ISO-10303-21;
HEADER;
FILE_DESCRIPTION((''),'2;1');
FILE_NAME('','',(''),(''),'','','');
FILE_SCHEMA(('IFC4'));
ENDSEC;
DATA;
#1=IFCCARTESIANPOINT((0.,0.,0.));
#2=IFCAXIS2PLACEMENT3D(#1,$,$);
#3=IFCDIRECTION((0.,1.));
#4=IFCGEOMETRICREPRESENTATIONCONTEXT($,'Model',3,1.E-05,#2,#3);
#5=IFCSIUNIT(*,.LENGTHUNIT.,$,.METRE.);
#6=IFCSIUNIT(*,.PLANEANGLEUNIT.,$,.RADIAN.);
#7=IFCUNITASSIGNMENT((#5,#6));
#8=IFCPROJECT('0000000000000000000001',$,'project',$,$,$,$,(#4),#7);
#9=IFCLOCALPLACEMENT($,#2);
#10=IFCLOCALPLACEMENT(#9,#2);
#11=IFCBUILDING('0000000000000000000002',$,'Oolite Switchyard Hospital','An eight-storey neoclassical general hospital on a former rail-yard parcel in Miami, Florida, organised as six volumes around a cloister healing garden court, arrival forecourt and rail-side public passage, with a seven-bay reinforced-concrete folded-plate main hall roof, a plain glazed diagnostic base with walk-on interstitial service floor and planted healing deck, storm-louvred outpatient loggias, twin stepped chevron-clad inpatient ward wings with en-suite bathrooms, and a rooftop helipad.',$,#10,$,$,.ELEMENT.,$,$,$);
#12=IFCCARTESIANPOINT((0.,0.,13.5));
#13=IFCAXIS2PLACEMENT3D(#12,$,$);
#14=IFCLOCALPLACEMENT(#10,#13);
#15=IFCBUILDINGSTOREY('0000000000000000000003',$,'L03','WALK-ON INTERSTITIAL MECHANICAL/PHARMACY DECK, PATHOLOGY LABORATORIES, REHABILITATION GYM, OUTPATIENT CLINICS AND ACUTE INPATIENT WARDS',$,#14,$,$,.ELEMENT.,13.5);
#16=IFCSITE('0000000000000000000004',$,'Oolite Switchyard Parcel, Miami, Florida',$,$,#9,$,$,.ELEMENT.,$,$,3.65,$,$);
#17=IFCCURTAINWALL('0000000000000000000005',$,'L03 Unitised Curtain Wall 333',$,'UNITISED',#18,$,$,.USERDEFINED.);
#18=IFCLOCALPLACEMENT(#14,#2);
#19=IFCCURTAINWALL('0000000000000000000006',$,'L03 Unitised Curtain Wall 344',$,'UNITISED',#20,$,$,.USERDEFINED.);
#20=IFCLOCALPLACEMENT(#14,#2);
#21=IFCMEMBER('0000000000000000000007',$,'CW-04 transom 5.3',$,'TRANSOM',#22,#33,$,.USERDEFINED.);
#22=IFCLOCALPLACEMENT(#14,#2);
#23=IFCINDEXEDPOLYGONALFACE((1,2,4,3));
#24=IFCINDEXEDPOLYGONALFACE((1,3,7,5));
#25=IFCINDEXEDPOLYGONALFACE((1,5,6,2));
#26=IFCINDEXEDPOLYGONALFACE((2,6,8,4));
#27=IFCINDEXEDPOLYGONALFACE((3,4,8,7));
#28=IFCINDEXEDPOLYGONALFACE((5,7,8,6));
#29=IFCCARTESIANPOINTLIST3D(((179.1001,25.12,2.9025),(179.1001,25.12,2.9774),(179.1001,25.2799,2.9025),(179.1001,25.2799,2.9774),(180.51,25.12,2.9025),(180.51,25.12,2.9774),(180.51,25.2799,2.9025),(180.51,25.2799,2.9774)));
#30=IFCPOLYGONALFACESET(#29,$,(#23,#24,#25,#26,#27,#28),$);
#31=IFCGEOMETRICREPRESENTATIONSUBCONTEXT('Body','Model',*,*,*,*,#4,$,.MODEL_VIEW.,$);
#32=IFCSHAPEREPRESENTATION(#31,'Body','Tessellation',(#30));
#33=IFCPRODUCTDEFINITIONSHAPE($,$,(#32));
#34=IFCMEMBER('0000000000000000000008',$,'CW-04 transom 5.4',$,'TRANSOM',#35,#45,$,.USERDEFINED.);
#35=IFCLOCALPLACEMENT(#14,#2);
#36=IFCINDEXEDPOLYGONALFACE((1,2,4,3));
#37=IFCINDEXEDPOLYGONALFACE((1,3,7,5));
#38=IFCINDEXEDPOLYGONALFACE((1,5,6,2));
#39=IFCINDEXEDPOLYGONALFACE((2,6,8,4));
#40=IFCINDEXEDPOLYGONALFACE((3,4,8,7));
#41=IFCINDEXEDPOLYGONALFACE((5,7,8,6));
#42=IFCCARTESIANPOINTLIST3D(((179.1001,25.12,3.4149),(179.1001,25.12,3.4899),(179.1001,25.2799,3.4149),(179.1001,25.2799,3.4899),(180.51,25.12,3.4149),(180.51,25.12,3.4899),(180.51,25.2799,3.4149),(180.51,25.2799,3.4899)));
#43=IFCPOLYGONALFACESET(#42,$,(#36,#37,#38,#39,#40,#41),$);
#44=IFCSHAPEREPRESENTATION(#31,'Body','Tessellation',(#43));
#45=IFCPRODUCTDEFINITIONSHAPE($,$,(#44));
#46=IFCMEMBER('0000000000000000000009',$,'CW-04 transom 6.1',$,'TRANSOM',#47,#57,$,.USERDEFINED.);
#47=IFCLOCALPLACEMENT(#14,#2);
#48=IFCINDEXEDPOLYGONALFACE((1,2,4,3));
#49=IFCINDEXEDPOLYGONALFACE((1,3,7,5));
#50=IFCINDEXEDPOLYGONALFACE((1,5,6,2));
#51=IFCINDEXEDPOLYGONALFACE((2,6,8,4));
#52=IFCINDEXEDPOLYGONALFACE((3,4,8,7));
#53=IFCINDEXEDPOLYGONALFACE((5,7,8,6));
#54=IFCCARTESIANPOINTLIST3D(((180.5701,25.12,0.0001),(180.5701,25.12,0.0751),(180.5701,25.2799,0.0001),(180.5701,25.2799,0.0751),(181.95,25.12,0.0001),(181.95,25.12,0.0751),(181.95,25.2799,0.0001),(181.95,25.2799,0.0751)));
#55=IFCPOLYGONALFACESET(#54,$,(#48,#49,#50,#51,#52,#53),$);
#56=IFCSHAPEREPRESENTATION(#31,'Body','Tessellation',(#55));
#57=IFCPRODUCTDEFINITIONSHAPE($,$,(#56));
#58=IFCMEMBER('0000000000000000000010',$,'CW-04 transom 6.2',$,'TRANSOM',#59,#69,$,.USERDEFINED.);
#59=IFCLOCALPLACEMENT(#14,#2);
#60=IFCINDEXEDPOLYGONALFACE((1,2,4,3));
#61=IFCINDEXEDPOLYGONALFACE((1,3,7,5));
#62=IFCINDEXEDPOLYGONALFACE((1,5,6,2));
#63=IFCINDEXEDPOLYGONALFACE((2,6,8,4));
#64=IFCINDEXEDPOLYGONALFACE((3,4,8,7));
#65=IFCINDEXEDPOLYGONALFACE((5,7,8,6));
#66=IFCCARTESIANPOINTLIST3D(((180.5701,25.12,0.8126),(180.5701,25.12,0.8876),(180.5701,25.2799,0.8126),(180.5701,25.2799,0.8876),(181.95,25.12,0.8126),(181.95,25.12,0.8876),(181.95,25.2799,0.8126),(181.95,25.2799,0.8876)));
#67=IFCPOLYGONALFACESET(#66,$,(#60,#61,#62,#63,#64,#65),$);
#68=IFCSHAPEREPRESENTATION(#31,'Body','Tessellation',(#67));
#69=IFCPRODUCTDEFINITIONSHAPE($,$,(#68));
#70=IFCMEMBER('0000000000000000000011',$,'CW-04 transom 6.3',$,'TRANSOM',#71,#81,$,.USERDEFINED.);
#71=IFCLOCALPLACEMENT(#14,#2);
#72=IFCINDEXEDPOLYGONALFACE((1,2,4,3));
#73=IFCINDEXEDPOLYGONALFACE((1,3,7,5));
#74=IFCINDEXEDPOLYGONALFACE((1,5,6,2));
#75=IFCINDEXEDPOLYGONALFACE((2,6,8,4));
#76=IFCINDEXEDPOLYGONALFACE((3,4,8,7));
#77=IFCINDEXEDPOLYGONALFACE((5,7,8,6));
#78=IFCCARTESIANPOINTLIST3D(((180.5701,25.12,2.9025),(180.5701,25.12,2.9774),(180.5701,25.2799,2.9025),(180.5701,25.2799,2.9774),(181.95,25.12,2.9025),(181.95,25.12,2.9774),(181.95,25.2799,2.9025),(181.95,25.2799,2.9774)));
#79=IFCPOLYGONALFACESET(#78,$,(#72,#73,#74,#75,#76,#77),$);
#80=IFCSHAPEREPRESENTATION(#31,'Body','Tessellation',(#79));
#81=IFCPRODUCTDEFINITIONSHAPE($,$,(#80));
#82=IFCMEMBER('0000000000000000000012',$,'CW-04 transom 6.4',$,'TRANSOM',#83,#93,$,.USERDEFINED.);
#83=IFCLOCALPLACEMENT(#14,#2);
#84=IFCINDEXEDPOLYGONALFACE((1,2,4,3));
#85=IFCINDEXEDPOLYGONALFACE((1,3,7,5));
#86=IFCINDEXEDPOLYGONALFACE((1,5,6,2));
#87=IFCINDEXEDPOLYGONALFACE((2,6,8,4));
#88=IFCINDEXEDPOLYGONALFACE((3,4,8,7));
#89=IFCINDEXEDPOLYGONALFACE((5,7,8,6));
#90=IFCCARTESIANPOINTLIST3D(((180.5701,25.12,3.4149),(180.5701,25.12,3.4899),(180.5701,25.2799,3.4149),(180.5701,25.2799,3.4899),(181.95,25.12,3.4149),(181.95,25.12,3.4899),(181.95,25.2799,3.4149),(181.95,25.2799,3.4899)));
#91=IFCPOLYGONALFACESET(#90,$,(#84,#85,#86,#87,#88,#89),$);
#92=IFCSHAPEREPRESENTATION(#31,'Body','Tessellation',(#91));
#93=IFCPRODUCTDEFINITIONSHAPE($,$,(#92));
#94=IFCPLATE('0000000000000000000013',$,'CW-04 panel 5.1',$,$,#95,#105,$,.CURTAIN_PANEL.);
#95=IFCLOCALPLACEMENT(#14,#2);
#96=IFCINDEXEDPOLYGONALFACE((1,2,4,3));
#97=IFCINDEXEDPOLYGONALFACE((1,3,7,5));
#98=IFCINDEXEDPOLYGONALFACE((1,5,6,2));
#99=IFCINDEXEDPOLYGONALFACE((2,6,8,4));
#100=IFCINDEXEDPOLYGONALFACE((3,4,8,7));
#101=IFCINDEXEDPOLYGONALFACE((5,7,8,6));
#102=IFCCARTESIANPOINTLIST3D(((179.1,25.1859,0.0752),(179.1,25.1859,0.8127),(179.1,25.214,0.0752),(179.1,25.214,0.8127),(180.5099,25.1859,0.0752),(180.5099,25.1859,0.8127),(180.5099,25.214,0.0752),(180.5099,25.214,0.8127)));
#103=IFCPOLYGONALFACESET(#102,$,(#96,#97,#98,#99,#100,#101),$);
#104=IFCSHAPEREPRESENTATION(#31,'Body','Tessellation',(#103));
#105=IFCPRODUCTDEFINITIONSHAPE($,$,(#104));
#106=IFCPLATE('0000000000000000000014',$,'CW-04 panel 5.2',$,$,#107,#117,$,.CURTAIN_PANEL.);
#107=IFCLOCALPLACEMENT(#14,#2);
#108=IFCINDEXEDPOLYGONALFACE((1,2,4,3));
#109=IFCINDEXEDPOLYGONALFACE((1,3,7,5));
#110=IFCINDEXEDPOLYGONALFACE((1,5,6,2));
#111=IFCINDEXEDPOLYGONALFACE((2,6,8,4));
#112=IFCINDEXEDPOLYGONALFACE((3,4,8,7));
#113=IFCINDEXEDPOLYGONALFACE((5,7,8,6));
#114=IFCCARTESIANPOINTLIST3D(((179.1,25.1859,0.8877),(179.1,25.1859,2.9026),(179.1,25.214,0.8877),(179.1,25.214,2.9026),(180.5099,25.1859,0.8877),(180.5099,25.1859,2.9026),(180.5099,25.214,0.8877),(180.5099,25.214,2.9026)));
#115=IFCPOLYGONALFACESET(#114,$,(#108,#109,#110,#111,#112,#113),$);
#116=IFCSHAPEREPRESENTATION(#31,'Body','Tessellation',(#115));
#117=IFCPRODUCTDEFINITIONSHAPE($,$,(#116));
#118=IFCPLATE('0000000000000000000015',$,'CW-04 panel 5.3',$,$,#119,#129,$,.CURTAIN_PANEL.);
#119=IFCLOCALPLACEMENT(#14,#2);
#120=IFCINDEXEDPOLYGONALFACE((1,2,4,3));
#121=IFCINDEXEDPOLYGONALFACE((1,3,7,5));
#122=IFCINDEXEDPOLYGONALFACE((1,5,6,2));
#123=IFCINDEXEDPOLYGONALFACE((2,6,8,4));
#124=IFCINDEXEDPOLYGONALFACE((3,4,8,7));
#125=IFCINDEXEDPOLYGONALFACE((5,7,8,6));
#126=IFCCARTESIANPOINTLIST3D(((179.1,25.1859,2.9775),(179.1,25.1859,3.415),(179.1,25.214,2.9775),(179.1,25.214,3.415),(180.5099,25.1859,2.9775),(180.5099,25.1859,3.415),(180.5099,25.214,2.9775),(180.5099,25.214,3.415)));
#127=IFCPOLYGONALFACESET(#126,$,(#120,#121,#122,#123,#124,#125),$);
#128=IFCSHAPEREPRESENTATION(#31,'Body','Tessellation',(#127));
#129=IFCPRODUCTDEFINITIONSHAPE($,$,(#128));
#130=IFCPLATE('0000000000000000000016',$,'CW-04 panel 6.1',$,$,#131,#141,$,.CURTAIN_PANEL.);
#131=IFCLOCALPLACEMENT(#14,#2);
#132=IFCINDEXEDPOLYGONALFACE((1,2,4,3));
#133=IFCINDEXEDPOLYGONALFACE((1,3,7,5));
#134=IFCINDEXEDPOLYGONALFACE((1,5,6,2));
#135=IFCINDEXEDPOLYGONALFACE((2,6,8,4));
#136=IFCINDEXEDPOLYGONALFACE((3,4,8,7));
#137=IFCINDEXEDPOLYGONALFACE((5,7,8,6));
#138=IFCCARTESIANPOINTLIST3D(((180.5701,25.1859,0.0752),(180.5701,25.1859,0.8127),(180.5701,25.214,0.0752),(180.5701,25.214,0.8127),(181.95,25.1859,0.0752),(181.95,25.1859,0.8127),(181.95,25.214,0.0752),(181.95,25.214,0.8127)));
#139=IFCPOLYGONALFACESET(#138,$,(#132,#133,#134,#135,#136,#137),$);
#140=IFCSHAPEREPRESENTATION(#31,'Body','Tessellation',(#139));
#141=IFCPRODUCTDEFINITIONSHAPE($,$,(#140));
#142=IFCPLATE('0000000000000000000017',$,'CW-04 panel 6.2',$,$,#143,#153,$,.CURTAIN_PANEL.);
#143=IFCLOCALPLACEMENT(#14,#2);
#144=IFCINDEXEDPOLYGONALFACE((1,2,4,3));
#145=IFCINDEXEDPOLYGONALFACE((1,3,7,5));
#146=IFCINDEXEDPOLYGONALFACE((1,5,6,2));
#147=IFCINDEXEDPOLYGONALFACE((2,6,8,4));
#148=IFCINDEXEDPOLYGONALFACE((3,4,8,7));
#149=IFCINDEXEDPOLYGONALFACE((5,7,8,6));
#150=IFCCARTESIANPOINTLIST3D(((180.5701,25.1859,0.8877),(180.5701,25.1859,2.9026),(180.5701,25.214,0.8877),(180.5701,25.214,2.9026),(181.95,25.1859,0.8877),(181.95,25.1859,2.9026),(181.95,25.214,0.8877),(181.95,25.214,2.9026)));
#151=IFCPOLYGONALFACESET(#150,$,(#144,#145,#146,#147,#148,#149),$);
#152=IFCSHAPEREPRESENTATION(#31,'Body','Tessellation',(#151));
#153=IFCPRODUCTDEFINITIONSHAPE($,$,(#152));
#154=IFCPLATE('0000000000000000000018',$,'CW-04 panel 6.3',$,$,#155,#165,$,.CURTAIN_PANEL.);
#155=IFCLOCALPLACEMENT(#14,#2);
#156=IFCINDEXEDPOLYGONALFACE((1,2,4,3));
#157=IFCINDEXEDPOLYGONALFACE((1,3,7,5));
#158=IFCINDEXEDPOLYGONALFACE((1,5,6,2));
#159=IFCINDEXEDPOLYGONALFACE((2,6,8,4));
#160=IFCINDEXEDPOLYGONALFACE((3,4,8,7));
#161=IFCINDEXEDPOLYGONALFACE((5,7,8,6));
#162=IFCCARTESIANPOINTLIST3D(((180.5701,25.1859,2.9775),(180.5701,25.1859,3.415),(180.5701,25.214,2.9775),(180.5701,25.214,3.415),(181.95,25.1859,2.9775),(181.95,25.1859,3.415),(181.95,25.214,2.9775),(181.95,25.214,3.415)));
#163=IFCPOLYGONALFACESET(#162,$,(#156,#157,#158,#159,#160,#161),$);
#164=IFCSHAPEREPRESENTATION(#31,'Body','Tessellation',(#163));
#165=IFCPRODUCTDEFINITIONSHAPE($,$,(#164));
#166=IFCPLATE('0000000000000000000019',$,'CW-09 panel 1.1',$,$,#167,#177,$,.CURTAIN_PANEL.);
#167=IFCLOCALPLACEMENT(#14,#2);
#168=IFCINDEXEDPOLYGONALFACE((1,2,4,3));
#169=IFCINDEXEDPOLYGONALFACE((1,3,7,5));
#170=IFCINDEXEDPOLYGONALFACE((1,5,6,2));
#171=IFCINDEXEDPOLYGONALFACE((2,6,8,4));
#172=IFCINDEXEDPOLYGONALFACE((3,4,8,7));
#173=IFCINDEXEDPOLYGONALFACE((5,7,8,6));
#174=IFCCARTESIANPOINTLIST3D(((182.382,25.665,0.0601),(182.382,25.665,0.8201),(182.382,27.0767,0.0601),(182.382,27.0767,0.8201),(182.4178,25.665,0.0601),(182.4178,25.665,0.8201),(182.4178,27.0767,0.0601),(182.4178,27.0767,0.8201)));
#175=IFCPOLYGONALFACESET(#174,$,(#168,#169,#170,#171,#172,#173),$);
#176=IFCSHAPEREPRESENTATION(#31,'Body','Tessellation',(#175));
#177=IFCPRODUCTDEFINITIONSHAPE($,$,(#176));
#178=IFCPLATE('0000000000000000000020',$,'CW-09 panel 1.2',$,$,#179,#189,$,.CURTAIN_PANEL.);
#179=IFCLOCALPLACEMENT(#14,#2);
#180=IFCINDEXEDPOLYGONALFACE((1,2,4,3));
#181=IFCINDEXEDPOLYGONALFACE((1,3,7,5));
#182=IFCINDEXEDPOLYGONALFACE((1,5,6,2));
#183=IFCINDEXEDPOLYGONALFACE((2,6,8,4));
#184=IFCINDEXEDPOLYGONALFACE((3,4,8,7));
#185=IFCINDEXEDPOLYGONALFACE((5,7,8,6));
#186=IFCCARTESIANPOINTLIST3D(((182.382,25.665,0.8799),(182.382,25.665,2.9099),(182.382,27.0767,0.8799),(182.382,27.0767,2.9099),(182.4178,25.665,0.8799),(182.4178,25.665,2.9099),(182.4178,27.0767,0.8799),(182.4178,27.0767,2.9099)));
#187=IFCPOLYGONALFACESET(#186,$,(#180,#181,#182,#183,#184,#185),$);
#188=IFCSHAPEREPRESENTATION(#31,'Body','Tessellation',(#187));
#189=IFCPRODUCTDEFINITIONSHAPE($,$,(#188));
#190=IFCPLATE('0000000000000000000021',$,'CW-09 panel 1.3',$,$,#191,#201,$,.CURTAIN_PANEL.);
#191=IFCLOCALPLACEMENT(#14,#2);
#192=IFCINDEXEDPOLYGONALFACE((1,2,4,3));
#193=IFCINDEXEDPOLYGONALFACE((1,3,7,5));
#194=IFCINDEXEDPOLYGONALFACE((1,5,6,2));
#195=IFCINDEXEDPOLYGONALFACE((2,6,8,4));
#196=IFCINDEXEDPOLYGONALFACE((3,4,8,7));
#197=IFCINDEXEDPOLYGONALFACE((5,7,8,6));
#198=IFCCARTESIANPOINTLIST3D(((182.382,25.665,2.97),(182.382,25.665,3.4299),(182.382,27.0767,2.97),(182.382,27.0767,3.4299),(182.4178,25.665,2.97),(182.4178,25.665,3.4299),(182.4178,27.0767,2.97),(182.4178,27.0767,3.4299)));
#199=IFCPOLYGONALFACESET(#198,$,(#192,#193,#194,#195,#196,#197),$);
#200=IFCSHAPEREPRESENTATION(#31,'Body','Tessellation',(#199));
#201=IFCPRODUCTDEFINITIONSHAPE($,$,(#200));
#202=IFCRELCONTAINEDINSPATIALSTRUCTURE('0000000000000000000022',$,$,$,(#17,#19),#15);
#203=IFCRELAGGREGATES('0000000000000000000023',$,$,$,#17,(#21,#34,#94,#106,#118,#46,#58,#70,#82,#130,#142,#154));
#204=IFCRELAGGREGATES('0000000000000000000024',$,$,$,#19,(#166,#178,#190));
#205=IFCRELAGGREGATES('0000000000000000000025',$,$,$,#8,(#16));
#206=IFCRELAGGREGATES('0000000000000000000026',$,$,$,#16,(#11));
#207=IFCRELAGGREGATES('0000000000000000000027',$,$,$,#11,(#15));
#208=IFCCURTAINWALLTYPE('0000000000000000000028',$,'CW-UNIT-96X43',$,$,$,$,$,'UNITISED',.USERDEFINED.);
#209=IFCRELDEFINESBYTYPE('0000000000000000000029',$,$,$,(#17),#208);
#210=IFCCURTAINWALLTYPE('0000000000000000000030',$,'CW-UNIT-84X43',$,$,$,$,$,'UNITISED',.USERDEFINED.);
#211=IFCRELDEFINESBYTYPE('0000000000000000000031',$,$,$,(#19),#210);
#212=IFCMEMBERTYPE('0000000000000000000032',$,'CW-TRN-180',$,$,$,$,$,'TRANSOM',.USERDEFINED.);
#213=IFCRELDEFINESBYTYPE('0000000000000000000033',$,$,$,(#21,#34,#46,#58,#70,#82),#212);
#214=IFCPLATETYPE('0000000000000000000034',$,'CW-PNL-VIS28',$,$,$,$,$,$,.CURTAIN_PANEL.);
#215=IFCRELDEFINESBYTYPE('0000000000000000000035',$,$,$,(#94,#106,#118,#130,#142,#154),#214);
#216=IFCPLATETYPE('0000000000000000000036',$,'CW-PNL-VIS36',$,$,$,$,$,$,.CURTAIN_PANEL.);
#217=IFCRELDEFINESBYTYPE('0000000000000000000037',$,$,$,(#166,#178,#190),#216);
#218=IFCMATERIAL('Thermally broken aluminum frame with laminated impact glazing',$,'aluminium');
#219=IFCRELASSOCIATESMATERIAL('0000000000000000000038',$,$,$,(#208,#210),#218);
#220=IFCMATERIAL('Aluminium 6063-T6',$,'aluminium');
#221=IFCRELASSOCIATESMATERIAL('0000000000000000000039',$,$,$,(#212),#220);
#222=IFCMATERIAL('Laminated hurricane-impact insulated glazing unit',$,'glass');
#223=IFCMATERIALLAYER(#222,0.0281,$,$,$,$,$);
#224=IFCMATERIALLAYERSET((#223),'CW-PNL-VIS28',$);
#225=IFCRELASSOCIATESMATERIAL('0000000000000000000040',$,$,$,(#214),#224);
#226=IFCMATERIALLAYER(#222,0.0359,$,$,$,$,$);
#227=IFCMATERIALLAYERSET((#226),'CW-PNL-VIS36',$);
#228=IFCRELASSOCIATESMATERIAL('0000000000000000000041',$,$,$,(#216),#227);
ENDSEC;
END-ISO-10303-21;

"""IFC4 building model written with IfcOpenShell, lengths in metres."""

from ifc_helpers import new_model, si_unit, direction, frame, origin, origin_2d, place, context, subcontext, project, spatial, rectangle, extrude, material, layer, layer_set, material_profile, profile_set, type_object, element, aggregate, save


model = new_model("IFC4")

# Units and contexts
model_context = context("Model", 3, precision=1e-05, world=origin(), true_north=direction((0.0, 1.0)))
body_context = subcontext(model_context, "Body", "Model", "MODEL_VIEW")
ifc_project = project(units=[si_unit("LENGTHUNIT", "METRE"), si_unit("PLANEANGLEUNIT", "RADIAN")], contexts=[model_context])

# Site, building, storey
site_placement = place(None, origin())
site = spatial("IfcSite", under=ifc_project, at=site_placement, Name="Oolite Switchyard Parcel, Miami, Florida", CompositionType="ELEMENT", RefElevation=3.65)
building_placement = place(site_placement, origin())
building = spatial("IfcBuilding", under=site, at=building_placement, Name="Oolite Switchyard Hospital", Description="An eight-storey neoclassical general hospital on a former rail-yard parcel in Miami, Florida, organised as six volumes around a cloister healing garden court, arrival forecourt and rail-side public passage, with a seven-bay reinforced-concrete folded-plate main hall roof, a plain glazed diagnostic base with walk-on interstitial service floor and planted healing deck, storm-louvred outpatient loggias, twin stepped chevron-clad inpatient ward wings with en-suite bathrooms, and a rooftop helipad.", CompositionType="ELEMENT")
storey_placement = place(building_placement, frame((0.0, 0.0, 13.5)))
storey = spatial("IfcBuildingStorey", under=building, at=storey_placement, Name="L03", Description="WALK-ON INTERSTITIAL MECHANICAL/PHARMACY DECK, PATHOLOGY LABORATORIES, REHABILITATION GYM, OUTPATIENT CLINICS AND ACUTE INPATIENT WARDS", CompositionType="ELEMENT", Elevation=13.5)

# Curtain walls
ifc_material_1 = material(Name="Thermally broken aluminum frame with laminated impact glazing", Category="aluminium")
curtain_wall_type_1 = type_object("IfcCurtainWallType", Name="CW-UNIT-96X43", ElementType="UNITISED", PredefinedType="USERDEFINED", material=ifc_material_1)
curtain_wall_1_placement = place(storey_placement, origin())
curtain_wall_1 = element("IfcCurtainWall", 1, at=curtain_wall_1_placement, inside=storey, type_object=curtain_wall_type_1, Name="L03 Unitised Curtain Wall 333", ObjectType="UNITISED", PredefinedType="USERDEFINED")
ifc_material_2 = material(Name="Aluminium 6063-T6", Category="aluminium")
curtain_wall_type_2 = type_object("IfcCurtainWallType", Name="CW-UNIT-84X43", ElementType="UNITISED", PredefinedType="USERDEFINED", material=ifc_material_1)
curtain_wall_2_placement = place(storey_placement, origin())
curtain_wall_2 = element("IfcCurtainWall", 2, at=curtain_wall_2_placement, inside=storey, type_object=curtain_wall_type_2, Name="L03 Unitised Curtain Wall 344", ObjectType="UNITISED", PredefinedType="USERDEFINED")

# Members
ifc_material_profile_1 = material_profile(ifc_material_2, rectangle(XDim=0.1599, YDim=0.075, at=origin_2d()), Name="CWT75X160")
ifc_profile_set_1 = profile_set([ifc_material_profile_1], Name="Aluminium 6063-T6")
member_type_1 = type_object("IfcMemberType", Name="CW-TRN-180", ElementType="TRANSOM", PredefinedType="USERDEFINED", material=ifc_profile_set_1)
member_1_placement = place(storey_placement, frame((179.1001, 25.2, 2.9399), z_axis=(1.0, 0.0, 0.0), x_axis=(0.0, 1.0, 0.0)))
member_1 = element("IfcMember", 3, at=member_1_placement, type_object=member_type_1, Name="CW-04 transom 5.3", ObjectType="TRANSOM", PredefinedType="USERDEFINED", context=body_context, shape_type="SweptSolid", body=[
    extrude(rectangle(XDim=0.1599, YDim=0.075, at=origin_2d()), origin(), (0.0, 0.0, 1.0), 1.4099),
])
member_2_placement = place(storey_placement, frame((179.1001, 25.2, 3.4524), z_axis=(1.0, 0.0, 0.0), x_axis=(0.0, 1.0, 0.0)))
member_2 = element("IfcMember", 4, at=member_2_placement, type_object=member_type_1, Name="CW-04 transom 5.4", ObjectType="TRANSOM", PredefinedType="USERDEFINED", context=body_context, shape_type="SweptSolid", body=[
    extrude(rectangle(XDim=0.1599, YDim=0.075, at=origin_2d()), origin(), (0.0, 0.0, 1.0), 1.4099),
])
member_3_placement = place(storey_placement, frame((180.5701, 25.2, 0.0376), z_axis=(1.0, 0.0, 0.0), x_axis=(0.0, 1.0, 0.0)))
member_3 = element("IfcMember", 5, at=member_3_placement, type_object=member_type_1, Name="CW-04 transom 6.1", ObjectType="TRANSOM", PredefinedType="USERDEFINED", context=body_context, shape_type="SweptSolid", body=[
    extrude(rectangle(XDim=0.1599, YDim=0.075, at=origin_2d()), origin(), (0.0, 0.0, 1.0), 1.3799),
])
member_4_placement = place(storey_placement, frame((180.5701, 25.2, 0.8501), z_axis=(1.0, 0.0, 0.0), x_axis=(0.0, 1.0, 0.0)))
member_4 = element("IfcMember", 6, at=member_4_placement, type_object=member_type_1, Name="CW-04 transom 6.2", ObjectType="TRANSOM", PredefinedType="USERDEFINED", context=body_context, shape_type="SweptSolid", body=[
    extrude(rectangle(XDim=0.1599, YDim=0.075, at=origin_2d()), origin(), (0.0, 0.0, 1.0), 1.3799),
])
member_5_placement = place(storey_placement, frame((180.5701, 25.2, 2.9399), z_axis=(1.0, 0.0, 0.0), x_axis=(0.0, 1.0, 0.0)))
member_5 = element("IfcMember", 7, at=member_5_placement, type_object=member_type_1, Name="CW-04 transom 6.3", ObjectType="TRANSOM", PredefinedType="USERDEFINED", context=body_context, shape_type="SweptSolid", body=[
    extrude(rectangle(XDim=0.1599, YDim=0.075, at=origin_2d()), origin(), (0.0, 0.0, 1.0), 1.3799),
])
member_6_placement = place(storey_placement, frame((180.5701, 25.2, 3.4524), z_axis=(1.0, 0.0, 0.0), x_axis=(0.0, 1.0, 0.0)))
member_6 = element("IfcMember", 8, at=member_6_placement, type_object=member_type_1, Name="CW-04 transom 6.4", ObjectType="TRANSOM", PredefinedType="USERDEFINED", context=body_context, shape_type="SweptSolid", body=[
    extrude(rectangle(XDim=0.1599, YDim=0.075, at=origin_2d()), origin(), (0.0, 0.0, 1.0), 1.3799),
])

# Plates
ifc_material_3 = material(Name="Laminated hurricane-impact insulated glazing unit", Category="glass")
ifc_layer_1 = layer(ifc_material_3, 0.0281)
ifc_layer_set_1 = layer_set([ifc_layer_1], Name="CW-PNL-VIS28")
plate_type_1 = type_object("IfcPlateType", Name="CW-PNL-VIS28", PredefinedType="CURTAIN_PANEL", material=ifc_layer_set_1)
plate_1_placement = place(storey_placement, frame((179.8049, 25.2, 0.0752), z_axis=(0.0, 0.0, 1.0), x_axis=(1.0, 0.0, 0.0)))
plate_1 = element("IfcPlate", 9, at=plate_1_placement, type_object=plate_type_1, Name="CW-04 panel 5.1", PredefinedType="CURTAIN_PANEL", context=body_context, shape_type="SweptSolid", body=[
    extrude(rectangle(XDim=1.4099, YDim=0.0281, at=origin_2d()), origin(), (0.0, 0.0, 1.0), 0.7375),
])
plate_2_placement = place(storey_placement, frame((179.8049, 25.2, 0.8877), z_axis=(0.0, 0.0, 1.0), x_axis=(1.0, 0.0, 0.0)))
plate_2 = element("IfcPlate", 10, at=plate_2_placement, type_object=plate_type_1, Name="CW-04 panel 5.2", PredefinedType="CURTAIN_PANEL", context=body_context, shape_type="SweptSolid", body=[
    extrude(rectangle(XDim=1.4099, YDim=0.0281, at=origin_2d()), origin(), (0.0, 0.0, 1.0), 2.0149),
])
plate_3_placement = place(storey_placement, frame((179.8049, 25.2, 2.9775), z_axis=(0.0, 0.0, 1.0), x_axis=(1.0, 0.0, 0.0)))
plate_3 = element("IfcPlate", 11, at=plate_3_placement, type_object=plate_type_1, Name="CW-04 panel 5.3", PredefinedType="CURTAIN_PANEL", context=body_context, shape_type="SweptSolid", body=[
    extrude(rectangle(XDim=1.4099, YDim=0.0281, at=origin_2d()), origin(), (0.0, 0.0, 1.0), 0.4375),
])
plate_4_placement = place(storey_placement, frame((181.26, 25.2, 0.0752), z_axis=(0.0, 0.0, 1.0), x_axis=(1.0, 0.0, 0.0)))
plate_4 = element("IfcPlate", 12, at=plate_4_placement, type_object=plate_type_1, Name="CW-04 panel 6.1", PredefinedType="CURTAIN_PANEL", context=body_context, shape_type="SweptSolid", body=[
    extrude(rectangle(XDim=1.3799, YDim=0.0281, at=origin_2d()), origin(), (0.0, 0.0, 1.0), 0.7375),
])
plate_5_placement = place(storey_placement, frame((181.26, 25.2, 0.8877), z_axis=(0.0, 0.0, 1.0), x_axis=(1.0, 0.0, 0.0)))
plate_5 = element("IfcPlate", 13, at=plate_5_placement, type_object=plate_type_1, Name="CW-04 panel 6.2", PredefinedType="CURTAIN_PANEL", context=body_context, shape_type="SweptSolid", body=[
    extrude(rectangle(XDim=1.3799, YDim=0.0281, at=origin_2d()), origin(), (0.0, 0.0, 1.0), 2.0149),
])
plate_6_placement = place(storey_placement, frame((181.26, 25.2, 2.9775), z_axis=(0.0, 0.0, 1.0), x_axis=(1.0, 0.0, 0.0)))
plate_6 = element("IfcPlate", 14, at=plate_6_placement, type_object=plate_type_1, Name="CW-04 panel 6.3", PredefinedType="CURTAIN_PANEL", context=body_context, shape_type="SweptSolid", body=[
    extrude(rectangle(XDim=1.3799, YDim=0.0281, at=origin_2d()), origin(), (0.0, 0.0, 1.0), 0.4375),
])
aggregate(curtain_wall_1, [member_1, member_2, plate_1, plate_2, plate_3, member_3, member_4, member_5, member_6, plate_4, plate_5, plate_6])
ifc_layer_2 = layer(ifc_material_3, 0.0359)
ifc_layer_set_2 = layer_set([ifc_layer_2], Name="CW-PNL-VIS36")
plate_type_2 = type_object("IfcPlateType", Name="CW-PNL-VIS36", PredefinedType="CURTAIN_PANEL", material=ifc_layer_set_2)
plate_7_placement = place(storey_placement, frame((182.3999, 26.3708, 0.0601), z_axis=(0.0, 0.0, 1.0), x_axis=(0.0, 1.0, 0.0)))
plate_7 = element("IfcPlate", 15, at=plate_7_placement, type_object=plate_type_2, Name="CW-09 panel 1.1", PredefinedType="CURTAIN_PANEL", context=body_context, shape_type="SweptSolid", body=[
    extrude(rectangle(XDim=1.4116, YDim=0.0359, at=origin_2d()), origin(), (0.0, 0.0, 1.0), 0.76),
])
plate_8_placement = place(storey_placement, frame((182.3999, 26.3708, 0.8799), z_axis=(0.0, 0.0, 1.0), x_axis=(0.0, 1.0, 0.0)))
plate_8 = element("IfcPlate", 16, at=plate_8_placement, type_object=plate_type_2, Name="CW-09 panel 1.2", PredefinedType="CURTAIN_PANEL", context=body_context, shape_type="SweptSolid", body=[
    extrude(rectangle(XDim=1.4116, YDim=0.0359, at=origin_2d()), origin(), (0.0, 0.0, 1.0), 2.03),
])
plate_9_placement = place(storey_placement, frame((182.3999, 26.3708, 2.97), z_axis=(0.0, 0.0, 1.0), x_axis=(0.0, 1.0, 0.0)))
plate_9 = element("IfcPlate", 17, at=plate_9_placement, type_object=plate_type_2, Name="CW-09 panel 1.3", PredefinedType="CURTAIN_PANEL", context=body_context, shape_type="SweptSolid", body=[
    extrude(rectangle(XDim=1.4116, YDim=0.0359, at=origin_2d()), origin(), (0.0, 0.0, 1.0), 0.46),
])
aggregate(curtain_wall_2, [plate_7, plate_8, plate_9])

save(model, "model.ifc")
